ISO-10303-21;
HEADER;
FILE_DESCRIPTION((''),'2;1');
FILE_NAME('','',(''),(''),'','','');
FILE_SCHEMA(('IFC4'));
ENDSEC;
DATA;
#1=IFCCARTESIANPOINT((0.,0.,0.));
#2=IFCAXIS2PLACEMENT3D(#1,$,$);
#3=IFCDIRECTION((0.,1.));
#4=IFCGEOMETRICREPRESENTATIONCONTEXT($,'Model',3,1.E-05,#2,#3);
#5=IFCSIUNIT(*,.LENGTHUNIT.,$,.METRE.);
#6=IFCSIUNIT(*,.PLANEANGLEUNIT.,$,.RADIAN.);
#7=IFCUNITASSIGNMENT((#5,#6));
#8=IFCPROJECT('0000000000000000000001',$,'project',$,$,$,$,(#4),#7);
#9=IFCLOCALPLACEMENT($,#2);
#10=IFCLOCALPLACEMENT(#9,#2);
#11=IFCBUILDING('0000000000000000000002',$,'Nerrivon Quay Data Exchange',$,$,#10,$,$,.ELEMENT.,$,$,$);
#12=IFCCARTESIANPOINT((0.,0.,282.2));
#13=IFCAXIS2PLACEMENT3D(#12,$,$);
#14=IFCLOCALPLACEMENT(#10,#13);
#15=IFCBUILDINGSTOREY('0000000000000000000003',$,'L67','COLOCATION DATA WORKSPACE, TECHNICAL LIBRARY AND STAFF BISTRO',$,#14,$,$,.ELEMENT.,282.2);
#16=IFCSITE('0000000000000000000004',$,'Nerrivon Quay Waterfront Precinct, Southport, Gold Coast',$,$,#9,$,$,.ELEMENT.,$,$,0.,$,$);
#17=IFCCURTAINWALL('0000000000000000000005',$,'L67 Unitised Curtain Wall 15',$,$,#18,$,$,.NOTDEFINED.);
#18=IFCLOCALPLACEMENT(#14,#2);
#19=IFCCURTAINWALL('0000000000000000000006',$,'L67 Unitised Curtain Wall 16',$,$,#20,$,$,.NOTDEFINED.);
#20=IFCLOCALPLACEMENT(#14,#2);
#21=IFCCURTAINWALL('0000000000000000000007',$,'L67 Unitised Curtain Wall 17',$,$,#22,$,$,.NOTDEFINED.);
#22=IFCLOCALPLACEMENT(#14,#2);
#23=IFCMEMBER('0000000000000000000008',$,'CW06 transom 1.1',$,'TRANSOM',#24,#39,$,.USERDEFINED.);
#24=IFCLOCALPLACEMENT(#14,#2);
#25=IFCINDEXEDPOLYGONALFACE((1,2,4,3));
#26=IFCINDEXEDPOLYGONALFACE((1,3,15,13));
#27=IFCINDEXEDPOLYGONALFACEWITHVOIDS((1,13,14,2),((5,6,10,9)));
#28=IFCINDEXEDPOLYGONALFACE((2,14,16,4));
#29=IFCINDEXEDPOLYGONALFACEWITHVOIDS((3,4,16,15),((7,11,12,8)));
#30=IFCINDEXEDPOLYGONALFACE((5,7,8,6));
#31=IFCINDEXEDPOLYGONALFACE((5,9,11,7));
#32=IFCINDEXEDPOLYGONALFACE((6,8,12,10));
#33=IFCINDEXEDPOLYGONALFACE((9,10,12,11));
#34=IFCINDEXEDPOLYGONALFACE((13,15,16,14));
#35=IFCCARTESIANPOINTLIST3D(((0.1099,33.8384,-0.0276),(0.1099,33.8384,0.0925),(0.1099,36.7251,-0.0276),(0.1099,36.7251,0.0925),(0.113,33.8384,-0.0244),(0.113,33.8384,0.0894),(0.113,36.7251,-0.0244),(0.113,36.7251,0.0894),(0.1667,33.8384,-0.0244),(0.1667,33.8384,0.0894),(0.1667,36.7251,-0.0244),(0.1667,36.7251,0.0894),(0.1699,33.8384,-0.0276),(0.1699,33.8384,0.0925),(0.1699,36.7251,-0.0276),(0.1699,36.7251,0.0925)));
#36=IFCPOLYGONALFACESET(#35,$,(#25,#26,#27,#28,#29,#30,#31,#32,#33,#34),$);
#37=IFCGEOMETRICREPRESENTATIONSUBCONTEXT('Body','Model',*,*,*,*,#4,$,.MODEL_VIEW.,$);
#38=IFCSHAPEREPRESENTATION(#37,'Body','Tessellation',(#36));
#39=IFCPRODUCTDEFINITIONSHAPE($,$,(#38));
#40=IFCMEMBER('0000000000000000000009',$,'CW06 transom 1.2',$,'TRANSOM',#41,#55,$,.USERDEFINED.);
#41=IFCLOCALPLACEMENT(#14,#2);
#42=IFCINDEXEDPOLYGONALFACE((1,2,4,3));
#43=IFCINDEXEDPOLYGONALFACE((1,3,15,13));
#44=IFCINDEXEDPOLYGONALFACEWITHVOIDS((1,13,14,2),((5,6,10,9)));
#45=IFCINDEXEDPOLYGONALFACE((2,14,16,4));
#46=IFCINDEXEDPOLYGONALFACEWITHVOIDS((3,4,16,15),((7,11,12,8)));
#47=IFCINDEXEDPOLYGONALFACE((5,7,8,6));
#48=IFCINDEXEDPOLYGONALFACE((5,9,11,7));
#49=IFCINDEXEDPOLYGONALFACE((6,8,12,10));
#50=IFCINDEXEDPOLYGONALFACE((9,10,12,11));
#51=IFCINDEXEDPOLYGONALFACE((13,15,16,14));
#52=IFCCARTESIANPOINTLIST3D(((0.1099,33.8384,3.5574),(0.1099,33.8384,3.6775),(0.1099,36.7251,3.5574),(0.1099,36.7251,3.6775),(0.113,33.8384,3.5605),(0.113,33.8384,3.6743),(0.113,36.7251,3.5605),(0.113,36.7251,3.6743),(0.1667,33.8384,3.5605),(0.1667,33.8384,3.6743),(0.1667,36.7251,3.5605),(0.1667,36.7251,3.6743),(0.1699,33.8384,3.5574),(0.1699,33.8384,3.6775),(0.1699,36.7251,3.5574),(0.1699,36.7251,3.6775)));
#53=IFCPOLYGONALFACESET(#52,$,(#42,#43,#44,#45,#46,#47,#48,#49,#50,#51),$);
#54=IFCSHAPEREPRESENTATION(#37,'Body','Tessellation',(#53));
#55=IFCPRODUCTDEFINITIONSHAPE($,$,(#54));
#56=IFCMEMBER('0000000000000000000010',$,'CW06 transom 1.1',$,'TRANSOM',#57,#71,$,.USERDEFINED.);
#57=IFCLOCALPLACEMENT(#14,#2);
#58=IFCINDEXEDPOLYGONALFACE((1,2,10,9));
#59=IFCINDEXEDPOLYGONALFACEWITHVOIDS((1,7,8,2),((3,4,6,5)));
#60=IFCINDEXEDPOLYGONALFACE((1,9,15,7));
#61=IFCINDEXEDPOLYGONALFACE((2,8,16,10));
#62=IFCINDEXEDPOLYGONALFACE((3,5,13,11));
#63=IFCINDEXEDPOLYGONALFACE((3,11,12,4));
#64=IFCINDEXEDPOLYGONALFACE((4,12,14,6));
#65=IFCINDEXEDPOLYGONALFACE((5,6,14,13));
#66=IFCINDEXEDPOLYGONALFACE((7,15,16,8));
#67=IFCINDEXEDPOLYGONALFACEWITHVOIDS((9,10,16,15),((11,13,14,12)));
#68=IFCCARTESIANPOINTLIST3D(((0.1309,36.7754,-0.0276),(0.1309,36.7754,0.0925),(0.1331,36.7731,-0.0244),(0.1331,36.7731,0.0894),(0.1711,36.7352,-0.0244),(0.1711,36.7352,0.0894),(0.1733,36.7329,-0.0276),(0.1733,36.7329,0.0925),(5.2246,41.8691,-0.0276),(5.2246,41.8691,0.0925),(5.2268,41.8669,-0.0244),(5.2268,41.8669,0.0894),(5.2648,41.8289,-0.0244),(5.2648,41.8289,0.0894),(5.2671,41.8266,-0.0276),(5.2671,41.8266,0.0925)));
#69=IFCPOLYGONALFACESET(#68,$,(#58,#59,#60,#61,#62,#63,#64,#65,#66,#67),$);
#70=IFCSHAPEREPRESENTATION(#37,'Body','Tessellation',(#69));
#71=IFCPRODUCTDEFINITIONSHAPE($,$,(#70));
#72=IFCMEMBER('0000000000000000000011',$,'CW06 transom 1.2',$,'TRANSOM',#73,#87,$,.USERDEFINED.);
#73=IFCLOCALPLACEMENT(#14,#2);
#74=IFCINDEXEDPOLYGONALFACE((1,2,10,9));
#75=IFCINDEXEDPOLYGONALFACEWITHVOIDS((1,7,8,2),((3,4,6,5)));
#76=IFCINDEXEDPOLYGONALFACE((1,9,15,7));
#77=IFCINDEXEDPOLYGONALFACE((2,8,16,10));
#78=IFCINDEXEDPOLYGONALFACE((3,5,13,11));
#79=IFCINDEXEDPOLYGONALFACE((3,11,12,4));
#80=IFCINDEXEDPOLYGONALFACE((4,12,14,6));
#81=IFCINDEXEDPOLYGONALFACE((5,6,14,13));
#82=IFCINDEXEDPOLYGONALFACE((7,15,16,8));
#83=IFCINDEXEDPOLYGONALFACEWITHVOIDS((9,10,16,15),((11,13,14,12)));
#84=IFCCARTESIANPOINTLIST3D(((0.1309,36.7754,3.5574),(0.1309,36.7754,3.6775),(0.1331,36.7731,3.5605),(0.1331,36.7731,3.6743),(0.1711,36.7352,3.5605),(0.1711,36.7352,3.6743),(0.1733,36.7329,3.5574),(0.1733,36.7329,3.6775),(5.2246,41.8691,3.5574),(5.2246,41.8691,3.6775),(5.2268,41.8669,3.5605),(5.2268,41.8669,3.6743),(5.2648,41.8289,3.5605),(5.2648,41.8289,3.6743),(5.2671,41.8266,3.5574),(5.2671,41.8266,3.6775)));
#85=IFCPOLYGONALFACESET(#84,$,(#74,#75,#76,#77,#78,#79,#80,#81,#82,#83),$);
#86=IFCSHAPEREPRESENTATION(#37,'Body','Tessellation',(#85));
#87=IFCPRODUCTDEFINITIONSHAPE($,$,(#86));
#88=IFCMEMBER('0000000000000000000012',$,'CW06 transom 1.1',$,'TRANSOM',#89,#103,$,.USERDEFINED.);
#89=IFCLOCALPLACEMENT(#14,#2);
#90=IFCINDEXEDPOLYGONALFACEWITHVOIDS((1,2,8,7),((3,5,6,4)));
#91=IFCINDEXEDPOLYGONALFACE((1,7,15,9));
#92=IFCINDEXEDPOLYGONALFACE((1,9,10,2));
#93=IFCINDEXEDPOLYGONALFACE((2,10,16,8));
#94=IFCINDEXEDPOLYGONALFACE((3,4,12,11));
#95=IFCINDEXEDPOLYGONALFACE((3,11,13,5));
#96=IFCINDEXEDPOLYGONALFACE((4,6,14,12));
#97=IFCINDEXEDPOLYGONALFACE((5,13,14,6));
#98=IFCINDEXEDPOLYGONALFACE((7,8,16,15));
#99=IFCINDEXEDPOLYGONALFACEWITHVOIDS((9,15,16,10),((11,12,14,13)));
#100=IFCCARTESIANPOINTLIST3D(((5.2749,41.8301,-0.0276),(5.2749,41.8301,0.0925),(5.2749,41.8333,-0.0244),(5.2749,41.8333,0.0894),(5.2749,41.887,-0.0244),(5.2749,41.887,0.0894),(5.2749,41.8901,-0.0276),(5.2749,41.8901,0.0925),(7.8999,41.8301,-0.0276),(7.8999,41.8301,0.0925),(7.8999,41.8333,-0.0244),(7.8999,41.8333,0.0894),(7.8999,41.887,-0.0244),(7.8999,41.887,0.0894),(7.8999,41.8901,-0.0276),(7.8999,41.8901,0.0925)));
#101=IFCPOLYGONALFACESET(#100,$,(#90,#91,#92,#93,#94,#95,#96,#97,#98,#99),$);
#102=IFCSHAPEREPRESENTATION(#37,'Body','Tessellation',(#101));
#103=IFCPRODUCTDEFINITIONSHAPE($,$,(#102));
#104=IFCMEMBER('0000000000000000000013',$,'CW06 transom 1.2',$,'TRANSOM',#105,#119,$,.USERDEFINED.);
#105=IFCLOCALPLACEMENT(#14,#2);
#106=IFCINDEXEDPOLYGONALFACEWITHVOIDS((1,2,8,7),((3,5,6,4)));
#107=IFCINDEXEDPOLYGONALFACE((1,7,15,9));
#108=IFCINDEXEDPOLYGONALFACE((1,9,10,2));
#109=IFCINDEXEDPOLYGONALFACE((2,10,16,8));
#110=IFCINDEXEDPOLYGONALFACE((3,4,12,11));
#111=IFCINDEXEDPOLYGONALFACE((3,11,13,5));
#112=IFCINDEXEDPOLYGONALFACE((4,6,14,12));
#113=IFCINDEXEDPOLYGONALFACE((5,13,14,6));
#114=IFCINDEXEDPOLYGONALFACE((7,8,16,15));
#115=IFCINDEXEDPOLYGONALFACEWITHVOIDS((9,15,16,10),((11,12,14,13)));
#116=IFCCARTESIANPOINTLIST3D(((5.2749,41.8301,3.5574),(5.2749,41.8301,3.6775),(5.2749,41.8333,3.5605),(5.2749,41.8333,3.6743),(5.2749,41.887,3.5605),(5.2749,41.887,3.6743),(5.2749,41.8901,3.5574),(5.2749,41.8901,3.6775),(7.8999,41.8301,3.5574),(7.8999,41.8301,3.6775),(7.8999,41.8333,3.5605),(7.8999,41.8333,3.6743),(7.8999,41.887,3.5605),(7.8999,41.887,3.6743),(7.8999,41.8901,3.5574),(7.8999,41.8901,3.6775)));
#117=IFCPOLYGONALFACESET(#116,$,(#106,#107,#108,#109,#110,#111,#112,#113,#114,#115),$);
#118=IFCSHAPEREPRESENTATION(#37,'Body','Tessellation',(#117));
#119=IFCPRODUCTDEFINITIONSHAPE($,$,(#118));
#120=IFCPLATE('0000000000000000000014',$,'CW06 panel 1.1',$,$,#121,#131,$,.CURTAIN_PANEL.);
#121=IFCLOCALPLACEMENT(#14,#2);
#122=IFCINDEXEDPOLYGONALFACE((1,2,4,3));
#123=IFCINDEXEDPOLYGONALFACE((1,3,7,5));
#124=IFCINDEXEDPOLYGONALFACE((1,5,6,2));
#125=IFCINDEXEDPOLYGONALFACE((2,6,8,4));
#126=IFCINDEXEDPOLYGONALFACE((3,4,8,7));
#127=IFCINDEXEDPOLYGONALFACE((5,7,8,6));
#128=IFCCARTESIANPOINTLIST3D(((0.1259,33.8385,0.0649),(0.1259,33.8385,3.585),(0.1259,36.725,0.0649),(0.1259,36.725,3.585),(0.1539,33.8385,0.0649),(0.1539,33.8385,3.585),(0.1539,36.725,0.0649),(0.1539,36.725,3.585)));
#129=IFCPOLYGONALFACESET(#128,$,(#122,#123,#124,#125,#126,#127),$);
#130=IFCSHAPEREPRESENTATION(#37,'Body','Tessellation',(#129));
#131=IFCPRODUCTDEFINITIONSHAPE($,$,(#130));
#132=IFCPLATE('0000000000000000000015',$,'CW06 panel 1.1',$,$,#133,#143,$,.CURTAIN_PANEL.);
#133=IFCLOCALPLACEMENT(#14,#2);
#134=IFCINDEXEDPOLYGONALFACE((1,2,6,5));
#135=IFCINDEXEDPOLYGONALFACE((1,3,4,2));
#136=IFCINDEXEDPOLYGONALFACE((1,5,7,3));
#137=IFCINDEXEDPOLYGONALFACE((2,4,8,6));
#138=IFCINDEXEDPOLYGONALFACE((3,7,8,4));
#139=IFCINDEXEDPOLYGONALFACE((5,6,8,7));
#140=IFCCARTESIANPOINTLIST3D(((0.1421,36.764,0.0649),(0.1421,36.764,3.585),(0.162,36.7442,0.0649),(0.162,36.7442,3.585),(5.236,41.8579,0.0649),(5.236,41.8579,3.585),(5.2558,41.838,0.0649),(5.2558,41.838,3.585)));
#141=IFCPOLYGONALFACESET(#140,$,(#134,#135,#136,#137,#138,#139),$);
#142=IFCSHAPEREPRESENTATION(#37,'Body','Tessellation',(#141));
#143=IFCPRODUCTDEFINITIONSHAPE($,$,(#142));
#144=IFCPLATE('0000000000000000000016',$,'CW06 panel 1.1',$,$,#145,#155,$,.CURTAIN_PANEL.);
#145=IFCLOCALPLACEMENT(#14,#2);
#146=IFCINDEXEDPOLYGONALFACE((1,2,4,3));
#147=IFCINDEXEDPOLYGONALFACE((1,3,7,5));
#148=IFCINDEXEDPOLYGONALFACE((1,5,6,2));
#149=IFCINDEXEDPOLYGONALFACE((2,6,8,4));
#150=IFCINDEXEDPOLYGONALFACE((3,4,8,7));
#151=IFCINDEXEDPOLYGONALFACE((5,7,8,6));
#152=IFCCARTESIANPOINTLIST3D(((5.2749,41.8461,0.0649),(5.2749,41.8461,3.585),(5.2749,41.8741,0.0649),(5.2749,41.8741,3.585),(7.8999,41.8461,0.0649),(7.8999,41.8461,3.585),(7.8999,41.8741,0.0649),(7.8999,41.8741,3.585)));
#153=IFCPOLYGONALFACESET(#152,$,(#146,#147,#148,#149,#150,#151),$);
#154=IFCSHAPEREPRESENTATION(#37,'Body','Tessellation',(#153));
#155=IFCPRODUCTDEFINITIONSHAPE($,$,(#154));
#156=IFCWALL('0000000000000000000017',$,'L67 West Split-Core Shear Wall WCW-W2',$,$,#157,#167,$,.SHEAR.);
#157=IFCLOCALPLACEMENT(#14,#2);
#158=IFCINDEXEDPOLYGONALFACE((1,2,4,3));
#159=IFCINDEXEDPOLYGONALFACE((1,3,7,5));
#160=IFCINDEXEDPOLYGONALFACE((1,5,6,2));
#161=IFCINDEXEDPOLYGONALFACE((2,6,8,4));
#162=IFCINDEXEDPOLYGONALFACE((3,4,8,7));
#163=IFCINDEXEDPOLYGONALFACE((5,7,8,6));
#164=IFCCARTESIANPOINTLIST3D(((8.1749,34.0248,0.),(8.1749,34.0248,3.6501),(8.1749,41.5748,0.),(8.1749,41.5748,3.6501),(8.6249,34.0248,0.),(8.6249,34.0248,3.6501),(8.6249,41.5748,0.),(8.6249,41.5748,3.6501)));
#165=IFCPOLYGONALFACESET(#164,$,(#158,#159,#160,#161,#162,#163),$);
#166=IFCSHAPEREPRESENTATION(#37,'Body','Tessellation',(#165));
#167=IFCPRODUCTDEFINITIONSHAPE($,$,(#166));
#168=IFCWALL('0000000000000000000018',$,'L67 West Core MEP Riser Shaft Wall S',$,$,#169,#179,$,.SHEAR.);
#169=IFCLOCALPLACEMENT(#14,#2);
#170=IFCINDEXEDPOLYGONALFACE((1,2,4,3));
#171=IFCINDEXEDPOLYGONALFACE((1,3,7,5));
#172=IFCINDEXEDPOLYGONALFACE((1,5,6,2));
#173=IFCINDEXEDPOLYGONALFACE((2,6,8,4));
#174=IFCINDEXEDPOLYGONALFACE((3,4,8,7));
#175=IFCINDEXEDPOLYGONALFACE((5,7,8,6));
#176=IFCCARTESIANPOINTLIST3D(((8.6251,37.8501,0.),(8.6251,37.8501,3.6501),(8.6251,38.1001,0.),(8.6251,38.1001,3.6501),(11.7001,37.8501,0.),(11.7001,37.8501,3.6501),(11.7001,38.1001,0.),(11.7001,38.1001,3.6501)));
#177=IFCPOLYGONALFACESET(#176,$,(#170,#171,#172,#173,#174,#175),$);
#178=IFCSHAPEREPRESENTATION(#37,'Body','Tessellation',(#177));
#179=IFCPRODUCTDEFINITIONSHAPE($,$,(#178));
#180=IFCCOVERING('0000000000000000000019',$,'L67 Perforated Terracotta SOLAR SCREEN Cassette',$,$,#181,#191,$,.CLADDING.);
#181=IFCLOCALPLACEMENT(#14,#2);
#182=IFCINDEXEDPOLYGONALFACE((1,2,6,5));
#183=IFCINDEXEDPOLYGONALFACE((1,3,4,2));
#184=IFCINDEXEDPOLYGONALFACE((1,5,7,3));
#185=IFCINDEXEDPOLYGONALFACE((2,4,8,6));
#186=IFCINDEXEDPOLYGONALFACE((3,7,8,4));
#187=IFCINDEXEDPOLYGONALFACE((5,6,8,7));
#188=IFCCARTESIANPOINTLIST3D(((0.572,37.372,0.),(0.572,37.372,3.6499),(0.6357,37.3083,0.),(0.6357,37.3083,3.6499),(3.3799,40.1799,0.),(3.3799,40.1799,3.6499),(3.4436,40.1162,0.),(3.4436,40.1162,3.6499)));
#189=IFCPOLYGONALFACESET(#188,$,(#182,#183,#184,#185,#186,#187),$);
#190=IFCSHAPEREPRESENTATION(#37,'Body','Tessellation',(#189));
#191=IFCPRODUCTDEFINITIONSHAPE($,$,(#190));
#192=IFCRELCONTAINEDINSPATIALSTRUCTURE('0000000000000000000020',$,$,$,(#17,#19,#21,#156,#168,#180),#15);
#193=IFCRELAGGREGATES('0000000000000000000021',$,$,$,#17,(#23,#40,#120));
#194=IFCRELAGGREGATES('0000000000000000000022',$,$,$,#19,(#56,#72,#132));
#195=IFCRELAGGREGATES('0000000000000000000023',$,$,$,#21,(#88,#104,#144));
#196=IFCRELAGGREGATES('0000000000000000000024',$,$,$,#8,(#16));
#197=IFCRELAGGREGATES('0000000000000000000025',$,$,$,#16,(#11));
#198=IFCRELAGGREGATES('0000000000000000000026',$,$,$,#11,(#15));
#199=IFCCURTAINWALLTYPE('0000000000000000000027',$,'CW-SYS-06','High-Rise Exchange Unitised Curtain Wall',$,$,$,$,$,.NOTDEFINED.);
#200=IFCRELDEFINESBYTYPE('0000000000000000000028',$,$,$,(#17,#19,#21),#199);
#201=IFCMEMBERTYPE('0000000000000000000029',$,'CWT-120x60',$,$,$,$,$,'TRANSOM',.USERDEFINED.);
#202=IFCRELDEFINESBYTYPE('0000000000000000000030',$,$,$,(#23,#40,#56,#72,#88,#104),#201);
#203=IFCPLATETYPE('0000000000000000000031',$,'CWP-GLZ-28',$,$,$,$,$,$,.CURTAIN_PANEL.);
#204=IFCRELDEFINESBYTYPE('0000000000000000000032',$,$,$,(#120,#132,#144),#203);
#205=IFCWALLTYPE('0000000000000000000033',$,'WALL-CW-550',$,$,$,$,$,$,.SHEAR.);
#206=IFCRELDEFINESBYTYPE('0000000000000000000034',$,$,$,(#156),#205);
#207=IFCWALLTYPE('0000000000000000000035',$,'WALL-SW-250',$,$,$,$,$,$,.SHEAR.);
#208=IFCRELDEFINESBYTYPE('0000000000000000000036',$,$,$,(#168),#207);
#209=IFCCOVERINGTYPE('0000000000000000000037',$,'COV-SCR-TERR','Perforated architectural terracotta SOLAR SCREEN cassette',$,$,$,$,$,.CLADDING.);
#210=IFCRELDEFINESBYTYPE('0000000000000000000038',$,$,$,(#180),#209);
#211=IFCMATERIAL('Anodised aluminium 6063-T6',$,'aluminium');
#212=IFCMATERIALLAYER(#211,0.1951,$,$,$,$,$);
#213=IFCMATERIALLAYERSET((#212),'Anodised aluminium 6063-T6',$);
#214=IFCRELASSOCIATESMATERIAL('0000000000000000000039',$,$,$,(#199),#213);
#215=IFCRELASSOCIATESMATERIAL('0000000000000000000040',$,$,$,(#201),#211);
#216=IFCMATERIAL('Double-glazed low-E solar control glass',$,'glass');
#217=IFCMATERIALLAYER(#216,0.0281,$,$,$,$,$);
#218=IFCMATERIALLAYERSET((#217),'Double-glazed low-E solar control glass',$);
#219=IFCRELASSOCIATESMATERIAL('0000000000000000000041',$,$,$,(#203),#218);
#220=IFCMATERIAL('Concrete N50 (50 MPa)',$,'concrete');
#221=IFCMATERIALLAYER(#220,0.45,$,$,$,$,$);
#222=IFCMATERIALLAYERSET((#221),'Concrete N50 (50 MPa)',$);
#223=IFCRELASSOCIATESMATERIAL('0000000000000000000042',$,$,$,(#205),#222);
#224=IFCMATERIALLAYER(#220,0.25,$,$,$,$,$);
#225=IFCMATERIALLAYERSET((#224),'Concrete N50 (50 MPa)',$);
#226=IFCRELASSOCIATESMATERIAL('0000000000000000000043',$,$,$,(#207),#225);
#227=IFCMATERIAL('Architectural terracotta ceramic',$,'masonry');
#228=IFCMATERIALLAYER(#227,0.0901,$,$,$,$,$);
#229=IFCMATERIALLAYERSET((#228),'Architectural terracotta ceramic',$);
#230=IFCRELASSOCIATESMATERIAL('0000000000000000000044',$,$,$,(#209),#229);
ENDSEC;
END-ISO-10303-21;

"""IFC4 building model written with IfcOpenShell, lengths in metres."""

from ifc_helpers import new_model, si_unit, direction, frame, frame_2d, origin, origin_2d, place, context, subcontext, project, spatial, rectangle, hollow_rectangle, extrude, material, layer, layer_set, material_profile, profile_set, type_object, element, aggregate, save


model = new_model("IFC4")

# Units and contexts
model_context = context("Model", 3, precision=1e-05, world=origin(), true_north=direction((0.0, 1.0)))
body_context = subcontext(model_context, "Body", "Model", "MODEL_VIEW")
ifc_project = project(units=[si_unit("LENGTHUNIT", "METRE"), si_unit("PLANEANGLEUNIT", "RADIAN")], contexts=[model_context])

# Site, building, storey
site_placement = place(None, origin())
site = spatial("IfcSite", under=ifc_project, at=site_placement, Name="Nerrivon Quay Waterfront Precinct, Southport, Gold Coast", CompositionType="ELEMENT", RefElevation=0.0)
building_placement = place(site_placement, origin())
building = spatial("IfcBuilding", under=site, at=building_placement, Name="Nerrivon Quay Data Exchange", CompositionType="ELEMENT")
storey_placement = place(building_placement, frame((0.0, 0.0, 282.2)))
storey = spatial("IfcBuildingStorey", under=building, at=storey_placement, Name="L67", Description="COLOCATION DATA WORKSPACE, TECHNICAL LIBRARY AND STAFF BISTRO", CompositionType="ELEMENT", Elevation=282.2)

# Shared definitions
ifc_material_1 = material(Name="Concrete N50 (50 MPa)", Category="concrete")

# Curtain walls
ifc_material_2 = material(Name="Anodised aluminium 6063-T6", Category="aluminium")
ifc_layer_1 = layer(ifc_material_2, 0.1951)
ifc_layer_set_1 = layer_set([ifc_layer_1], Name="Anodised aluminium 6063-T6")
curtain_wall_type = type_object("IfcCurtainWallType", Name="CW-SYS-06", Description="High-Rise Exchange Unitised Curtain Wall", PredefinedType="NOTDEFINED", material=ifc_layer_set_1)
curtain_wall_1_placement = place(storey_placement, origin())
curtain_wall_1 = element("IfcCurtainWall", 1, at=curtain_wall_1_placement, inside=storey, type_object=curtain_wall_type, Name="L67 Unitised Curtain Wall 15", PredefinedType="NOTDEFINED")
curtain_wall_2_placement = place(storey_placement, origin())
curtain_wall_2 = element("IfcCurtainWall", 2, at=curtain_wall_2_placement, inside=storey, type_object=curtain_wall_type, Name="L67 Unitised Curtain Wall 16", PredefinedType="NOTDEFINED")
curtain_wall_3_placement = place(storey_placement, origin())
curtain_wall_3 = element("IfcCurtainWall", 3, at=curtain_wall_3_placement, inside=storey, type_object=curtain_wall_type, Name="L67 Unitised Curtain Wall 17", PredefinedType="NOTDEFINED")

# Members
ifc_material_profile_1 = material_profile(ifc_material_2, hollow_rectangle(XDim=0.0601, YDim=0.1201, WallThickness=0.0032, at=origin_2d()), Name="ALU-TRAN-120x60")
ifc_profile_set_1 = profile_set([ifc_material_profile_1], Name="Anodised aluminium 6063-T6")
member_type_1 = type_object("IfcMemberType", Name="CWT-120x60", ElementType="TRANSOM", PredefinedType="USERDEFINED", material=ifc_profile_set_1)
member_1_placement = place(storey_placement, frame((0.1399, 33.8384, 0.0325), z_axis=(0.0, 1.0, 0.0), x_axis=(-1.0, 0.0, 0.0)))
member_1 = element("IfcMember", 4, at=member_1_placement, type_object=member_type_1, Name="CW06 transom 1.1", ObjectType="TRANSOM", PredefinedType="USERDEFINED", context=body_context, shape_type="SweptSolid", body=[
    extrude(hollow_rectangle(XDim=0.0601, YDim=0.1201, WallThickness=0.0032, at=origin_2d()), origin(), (0.0, 0.0, 1.0), 2.8867),
])
member_2_placement = place(storey_placement, frame((0.1399, 33.8384, 3.6174), z_axis=(0.0, 1.0, 0.0), x_axis=(-1.0, 0.0, 0.0)))
member_2 = element("IfcMember", 5, at=member_2_placement, type_object=member_type_1, Name="CW06 transom 1.2", ObjectType="TRANSOM", PredefinedType="USERDEFINED", context=body_context, shape_type="SweptSolid", body=[
    extrude(hollow_rectangle(XDim=0.0601, YDim=0.1201, WallThickness=0.0032, at=origin_2d()), origin(), (0.0, 0.0, 1.0), 2.8867),
])
member_3_placement = place(storey_placement, frame((0.1521, 36.7542, 0.0325), z_axis=(0.707107, 0.707107, 0.0), x_axis=(-0.707107, 0.707107, 0.0)))
member_3 = element("IfcMember", 6, at=member_3_placement, type_object=member_type_1, Name="CW06 transom 1.1", ObjectType="TRANSOM", PredefinedType="USERDEFINED", context=body_context, shape_type="SweptSolid", body=[
    extrude(hollow_rectangle(XDim=0.0601, YDim=0.1201, WallThickness=0.0032, at=origin_2d()), origin(), (0.0, 0.0, 1.0), 7.2036),
])
member_4_placement = place(storey_placement, frame((0.1521, 36.7542, 3.6174), z_axis=(0.707107, 0.707107, 0.0), x_axis=(-0.707107, 0.707107, 0.0)))
member_4 = element("IfcMember", 7, at=member_4_placement, type_object=member_type_1, Name="CW06 transom 1.2", ObjectType="TRANSOM", PredefinedType="USERDEFINED", context=body_context, shape_type="SweptSolid", body=[
    extrude(hollow_rectangle(XDim=0.0601, YDim=0.1201, WallThickness=0.0032, at=origin_2d()), origin(), (0.0, 0.0, 1.0), 7.2036),
])
member_5_placement = place(storey_placement, frame((5.2749, 41.8601, 0.0325), z_axis=(1.0, 0.0, 0.0), x_axis=(0.0, 1.0, 0.0)))
member_5 = element("IfcMember", 8, at=member_5_placement, type_object=member_type_1, Name="CW06 transom 1.1", ObjectType="TRANSOM", PredefinedType="USERDEFINED", context=body_context, shape_type="SweptSolid", body=[
    extrude(hollow_rectangle(XDim=0.0601, YDim=0.1201, WallThickness=0.0032, at=origin_2d()), origin(), (0.0, 0.0, 1.0), 2.625),
])
member_6_placement = place(storey_placement, frame((5.2749, 41.8601, 3.6174), z_axis=(1.0, 0.0, 0.0), x_axis=(0.0, 1.0, 0.0)))
member_6 = element("IfcMember", 9, at=member_6_placement, type_object=member_type_1, Name="CW06 transom 1.2", ObjectType="TRANSOM", PredefinedType="USERDEFINED", context=body_context, shape_type="SweptSolid", body=[
    extrude(hollow_rectangle(XDim=0.0601, YDim=0.1201, WallThickness=0.0032, at=origin_2d()), origin(), (0.0, 0.0, 1.0), 2.625),
])

# Plates
ifc_material_3 = material(Name="Double-glazed low-E solar control glass", Category="glass")
ifc_layer_2 = layer(ifc_material_3, 0.0281)
ifc_layer_set_2 = layer_set([ifc_layer_2], Name="Double-glazed low-E solar control glass")
plate_type = type_object("IfcPlateType", Name="CWP-GLZ-28", PredefinedType="CURTAIN_PANEL", material=ifc_layer_set_2)
plate_1_placement = place(storey_placement, frame((0.1399, 35.2817, 0.0649), z_axis=(0.0, 0.0, 1.0), x_axis=(0.0, 1.0, 0.0)))
plate_1 = element("IfcPlate", 10, at=plate_1_placement, type_object=plate_type, Name="CW06 panel 1.1", PredefinedType="CURTAIN_PANEL", context=body_context, shape_type="SweptSolid", body=[
    extrude(rectangle(XDim=2.8865, YDim=0.0281, at=origin_2d()), origin(), (0.0, 0.0, 1.0), 3.52),
])
aggregate(curtain_wall_1, [member_1, member_2, plate_1])
plate_2_placement = place(storey_placement, frame((2.699, 39.301, 0.0649), z_axis=(0.0, 0.0, 1.0), x_axis=(0.707107, 0.707107, 0.0)))
plate_2 = element("IfcPlate", 11, at=plate_2_placement, type_object=plate_type, Name="CW06 panel 1.1", PredefinedType="CURTAIN_PANEL", context=body_context, shape_type="SweptSolid", body=[
    extrude(rectangle(XDim=7.2039, YDim=0.0281, at=origin_2d()), origin(), (0.0, 0.0, 1.0), 3.52),
])
aggregate(curtain_wall_2, [member_3, member_4, plate_2])
plate_3_placement = place(storey_placement, frame((6.5874, 41.8601, 0.0649), z_axis=(0.0, 0.0, 1.0), x_axis=(1.0, 0.0, 0.0)))
plate_3 = element("IfcPlate", 12, at=plate_3_placement, type_object=plate_type, Name="CW06 panel 1.1", PredefinedType="CURTAIN_PANEL", context=body_context, shape_type="SweptSolid", body=[
    extrude(rectangle(XDim=2.625, YDim=0.0281, at=origin_2d()), origin(), (0.0, 0.0, 1.0), 3.52),
])
aggregate(curtain_wall_3, [member_5, member_6, plate_3])

# Walls
ifc_layer_3 = layer(ifc_material_1, 0.45)
ifc_layer_set_3 = layer_set([ifc_layer_3], Name="Concrete N50 (50 MPa)")
wall_type_1 = type_object("IfcWallType", Name="WALL-CW-550", PredefinedType="SHEAR", material=ifc_layer_set_3)
wall_1_placement = place(storey_placement, frame((8.3999, 34.0249, 0.0), z_axis=(0.0, 0.0, 1.0), x_axis=(0.0, 1.0, 0.0)))
element("IfcWall", 13, at=wall_1_placement, inside=storey, type_object=wall_type_1, Name="L67 West Split-Core Shear Wall WCW-W2", PredefinedType="SHEAR", context=body_context, shape_type="SweptSolid", body=[
    extrude(rectangle(XDim=7.55, YDim=0.45, at=frame_2d((3.7749, 0.0))), origin(), (0.0, 0.0, 1.0), 3.6501),
])
ifc_layer_4 = layer(ifc_material_1, 0.25)
ifc_layer_set_4 = layer_set([ifc_layer_4], Name="Concrete N50 (50 MPa)")
wall_type_2 = type_object("IfcWallType", Name="WALL-SW-250", PredefinedType="SHEAR", material=ifc_layer_set_4)
wall_2_placement = place(storey_placement, frame((8.625, 37.9751, 0.0), z_axis=(0.0, 0.0, 1.0), x_axis=(1.0, 0.0, 0.0)))
element("IfcWall", 14, at=wall_2_placement, inside=storey, type_object=wall_type_2, Name="L67 West Core MEP Riser Shaft Wall S", PredefinedType="SHEAR", context=body_context, shape_type="SweptSolid", body=[
    extrude(rectangle(XDim=3.075, YDim=0.25, at=frame_2d((1.5376, 0.0))), origin(), (0.0, 0.0, 1.0), 3.6501),
])

# Covering
ifc_material_4 = material(Name="Architectural terracotta ceramic", Category="masonry")
ifc_layer_5 = layer(ifc_material_4, 0.0901)
ifc_layer_set_5 = layer_set([ifc_layer_5], Name="Architectural terracotta ceramic")
covering_type = type_object("IfcCoveringType", Name="COV-SCR-TERR", Description="Perforated architectural terracotta SOLAR SCREEN cassette", PredefinedType="CLADDING", material=ifc_layer_set_5)
covering_placement = place(storey_placement, frame((2.0078, 38.7441, 0.0), z_axis=(0.0, 0.0, 1.0), x_axis=(0.707107, 0.707107, 0.0)))
element("IfcCovering", 15, at=covering_placement, inside=storey, type_object=covering_type, Name="L67 Perforated Terracotta SOLAR SCREEN Cassette", PredefinedType="CLADDING", context=body_context, shape_type="SweptSolid", body=[
    extrude(rectangle(XDim=3.9709, YDim=0.0901, at=origin_2d()), origin(), (0.0, 0.0, 1.0), 3.6499),
])

save(model, "model.ifc")
